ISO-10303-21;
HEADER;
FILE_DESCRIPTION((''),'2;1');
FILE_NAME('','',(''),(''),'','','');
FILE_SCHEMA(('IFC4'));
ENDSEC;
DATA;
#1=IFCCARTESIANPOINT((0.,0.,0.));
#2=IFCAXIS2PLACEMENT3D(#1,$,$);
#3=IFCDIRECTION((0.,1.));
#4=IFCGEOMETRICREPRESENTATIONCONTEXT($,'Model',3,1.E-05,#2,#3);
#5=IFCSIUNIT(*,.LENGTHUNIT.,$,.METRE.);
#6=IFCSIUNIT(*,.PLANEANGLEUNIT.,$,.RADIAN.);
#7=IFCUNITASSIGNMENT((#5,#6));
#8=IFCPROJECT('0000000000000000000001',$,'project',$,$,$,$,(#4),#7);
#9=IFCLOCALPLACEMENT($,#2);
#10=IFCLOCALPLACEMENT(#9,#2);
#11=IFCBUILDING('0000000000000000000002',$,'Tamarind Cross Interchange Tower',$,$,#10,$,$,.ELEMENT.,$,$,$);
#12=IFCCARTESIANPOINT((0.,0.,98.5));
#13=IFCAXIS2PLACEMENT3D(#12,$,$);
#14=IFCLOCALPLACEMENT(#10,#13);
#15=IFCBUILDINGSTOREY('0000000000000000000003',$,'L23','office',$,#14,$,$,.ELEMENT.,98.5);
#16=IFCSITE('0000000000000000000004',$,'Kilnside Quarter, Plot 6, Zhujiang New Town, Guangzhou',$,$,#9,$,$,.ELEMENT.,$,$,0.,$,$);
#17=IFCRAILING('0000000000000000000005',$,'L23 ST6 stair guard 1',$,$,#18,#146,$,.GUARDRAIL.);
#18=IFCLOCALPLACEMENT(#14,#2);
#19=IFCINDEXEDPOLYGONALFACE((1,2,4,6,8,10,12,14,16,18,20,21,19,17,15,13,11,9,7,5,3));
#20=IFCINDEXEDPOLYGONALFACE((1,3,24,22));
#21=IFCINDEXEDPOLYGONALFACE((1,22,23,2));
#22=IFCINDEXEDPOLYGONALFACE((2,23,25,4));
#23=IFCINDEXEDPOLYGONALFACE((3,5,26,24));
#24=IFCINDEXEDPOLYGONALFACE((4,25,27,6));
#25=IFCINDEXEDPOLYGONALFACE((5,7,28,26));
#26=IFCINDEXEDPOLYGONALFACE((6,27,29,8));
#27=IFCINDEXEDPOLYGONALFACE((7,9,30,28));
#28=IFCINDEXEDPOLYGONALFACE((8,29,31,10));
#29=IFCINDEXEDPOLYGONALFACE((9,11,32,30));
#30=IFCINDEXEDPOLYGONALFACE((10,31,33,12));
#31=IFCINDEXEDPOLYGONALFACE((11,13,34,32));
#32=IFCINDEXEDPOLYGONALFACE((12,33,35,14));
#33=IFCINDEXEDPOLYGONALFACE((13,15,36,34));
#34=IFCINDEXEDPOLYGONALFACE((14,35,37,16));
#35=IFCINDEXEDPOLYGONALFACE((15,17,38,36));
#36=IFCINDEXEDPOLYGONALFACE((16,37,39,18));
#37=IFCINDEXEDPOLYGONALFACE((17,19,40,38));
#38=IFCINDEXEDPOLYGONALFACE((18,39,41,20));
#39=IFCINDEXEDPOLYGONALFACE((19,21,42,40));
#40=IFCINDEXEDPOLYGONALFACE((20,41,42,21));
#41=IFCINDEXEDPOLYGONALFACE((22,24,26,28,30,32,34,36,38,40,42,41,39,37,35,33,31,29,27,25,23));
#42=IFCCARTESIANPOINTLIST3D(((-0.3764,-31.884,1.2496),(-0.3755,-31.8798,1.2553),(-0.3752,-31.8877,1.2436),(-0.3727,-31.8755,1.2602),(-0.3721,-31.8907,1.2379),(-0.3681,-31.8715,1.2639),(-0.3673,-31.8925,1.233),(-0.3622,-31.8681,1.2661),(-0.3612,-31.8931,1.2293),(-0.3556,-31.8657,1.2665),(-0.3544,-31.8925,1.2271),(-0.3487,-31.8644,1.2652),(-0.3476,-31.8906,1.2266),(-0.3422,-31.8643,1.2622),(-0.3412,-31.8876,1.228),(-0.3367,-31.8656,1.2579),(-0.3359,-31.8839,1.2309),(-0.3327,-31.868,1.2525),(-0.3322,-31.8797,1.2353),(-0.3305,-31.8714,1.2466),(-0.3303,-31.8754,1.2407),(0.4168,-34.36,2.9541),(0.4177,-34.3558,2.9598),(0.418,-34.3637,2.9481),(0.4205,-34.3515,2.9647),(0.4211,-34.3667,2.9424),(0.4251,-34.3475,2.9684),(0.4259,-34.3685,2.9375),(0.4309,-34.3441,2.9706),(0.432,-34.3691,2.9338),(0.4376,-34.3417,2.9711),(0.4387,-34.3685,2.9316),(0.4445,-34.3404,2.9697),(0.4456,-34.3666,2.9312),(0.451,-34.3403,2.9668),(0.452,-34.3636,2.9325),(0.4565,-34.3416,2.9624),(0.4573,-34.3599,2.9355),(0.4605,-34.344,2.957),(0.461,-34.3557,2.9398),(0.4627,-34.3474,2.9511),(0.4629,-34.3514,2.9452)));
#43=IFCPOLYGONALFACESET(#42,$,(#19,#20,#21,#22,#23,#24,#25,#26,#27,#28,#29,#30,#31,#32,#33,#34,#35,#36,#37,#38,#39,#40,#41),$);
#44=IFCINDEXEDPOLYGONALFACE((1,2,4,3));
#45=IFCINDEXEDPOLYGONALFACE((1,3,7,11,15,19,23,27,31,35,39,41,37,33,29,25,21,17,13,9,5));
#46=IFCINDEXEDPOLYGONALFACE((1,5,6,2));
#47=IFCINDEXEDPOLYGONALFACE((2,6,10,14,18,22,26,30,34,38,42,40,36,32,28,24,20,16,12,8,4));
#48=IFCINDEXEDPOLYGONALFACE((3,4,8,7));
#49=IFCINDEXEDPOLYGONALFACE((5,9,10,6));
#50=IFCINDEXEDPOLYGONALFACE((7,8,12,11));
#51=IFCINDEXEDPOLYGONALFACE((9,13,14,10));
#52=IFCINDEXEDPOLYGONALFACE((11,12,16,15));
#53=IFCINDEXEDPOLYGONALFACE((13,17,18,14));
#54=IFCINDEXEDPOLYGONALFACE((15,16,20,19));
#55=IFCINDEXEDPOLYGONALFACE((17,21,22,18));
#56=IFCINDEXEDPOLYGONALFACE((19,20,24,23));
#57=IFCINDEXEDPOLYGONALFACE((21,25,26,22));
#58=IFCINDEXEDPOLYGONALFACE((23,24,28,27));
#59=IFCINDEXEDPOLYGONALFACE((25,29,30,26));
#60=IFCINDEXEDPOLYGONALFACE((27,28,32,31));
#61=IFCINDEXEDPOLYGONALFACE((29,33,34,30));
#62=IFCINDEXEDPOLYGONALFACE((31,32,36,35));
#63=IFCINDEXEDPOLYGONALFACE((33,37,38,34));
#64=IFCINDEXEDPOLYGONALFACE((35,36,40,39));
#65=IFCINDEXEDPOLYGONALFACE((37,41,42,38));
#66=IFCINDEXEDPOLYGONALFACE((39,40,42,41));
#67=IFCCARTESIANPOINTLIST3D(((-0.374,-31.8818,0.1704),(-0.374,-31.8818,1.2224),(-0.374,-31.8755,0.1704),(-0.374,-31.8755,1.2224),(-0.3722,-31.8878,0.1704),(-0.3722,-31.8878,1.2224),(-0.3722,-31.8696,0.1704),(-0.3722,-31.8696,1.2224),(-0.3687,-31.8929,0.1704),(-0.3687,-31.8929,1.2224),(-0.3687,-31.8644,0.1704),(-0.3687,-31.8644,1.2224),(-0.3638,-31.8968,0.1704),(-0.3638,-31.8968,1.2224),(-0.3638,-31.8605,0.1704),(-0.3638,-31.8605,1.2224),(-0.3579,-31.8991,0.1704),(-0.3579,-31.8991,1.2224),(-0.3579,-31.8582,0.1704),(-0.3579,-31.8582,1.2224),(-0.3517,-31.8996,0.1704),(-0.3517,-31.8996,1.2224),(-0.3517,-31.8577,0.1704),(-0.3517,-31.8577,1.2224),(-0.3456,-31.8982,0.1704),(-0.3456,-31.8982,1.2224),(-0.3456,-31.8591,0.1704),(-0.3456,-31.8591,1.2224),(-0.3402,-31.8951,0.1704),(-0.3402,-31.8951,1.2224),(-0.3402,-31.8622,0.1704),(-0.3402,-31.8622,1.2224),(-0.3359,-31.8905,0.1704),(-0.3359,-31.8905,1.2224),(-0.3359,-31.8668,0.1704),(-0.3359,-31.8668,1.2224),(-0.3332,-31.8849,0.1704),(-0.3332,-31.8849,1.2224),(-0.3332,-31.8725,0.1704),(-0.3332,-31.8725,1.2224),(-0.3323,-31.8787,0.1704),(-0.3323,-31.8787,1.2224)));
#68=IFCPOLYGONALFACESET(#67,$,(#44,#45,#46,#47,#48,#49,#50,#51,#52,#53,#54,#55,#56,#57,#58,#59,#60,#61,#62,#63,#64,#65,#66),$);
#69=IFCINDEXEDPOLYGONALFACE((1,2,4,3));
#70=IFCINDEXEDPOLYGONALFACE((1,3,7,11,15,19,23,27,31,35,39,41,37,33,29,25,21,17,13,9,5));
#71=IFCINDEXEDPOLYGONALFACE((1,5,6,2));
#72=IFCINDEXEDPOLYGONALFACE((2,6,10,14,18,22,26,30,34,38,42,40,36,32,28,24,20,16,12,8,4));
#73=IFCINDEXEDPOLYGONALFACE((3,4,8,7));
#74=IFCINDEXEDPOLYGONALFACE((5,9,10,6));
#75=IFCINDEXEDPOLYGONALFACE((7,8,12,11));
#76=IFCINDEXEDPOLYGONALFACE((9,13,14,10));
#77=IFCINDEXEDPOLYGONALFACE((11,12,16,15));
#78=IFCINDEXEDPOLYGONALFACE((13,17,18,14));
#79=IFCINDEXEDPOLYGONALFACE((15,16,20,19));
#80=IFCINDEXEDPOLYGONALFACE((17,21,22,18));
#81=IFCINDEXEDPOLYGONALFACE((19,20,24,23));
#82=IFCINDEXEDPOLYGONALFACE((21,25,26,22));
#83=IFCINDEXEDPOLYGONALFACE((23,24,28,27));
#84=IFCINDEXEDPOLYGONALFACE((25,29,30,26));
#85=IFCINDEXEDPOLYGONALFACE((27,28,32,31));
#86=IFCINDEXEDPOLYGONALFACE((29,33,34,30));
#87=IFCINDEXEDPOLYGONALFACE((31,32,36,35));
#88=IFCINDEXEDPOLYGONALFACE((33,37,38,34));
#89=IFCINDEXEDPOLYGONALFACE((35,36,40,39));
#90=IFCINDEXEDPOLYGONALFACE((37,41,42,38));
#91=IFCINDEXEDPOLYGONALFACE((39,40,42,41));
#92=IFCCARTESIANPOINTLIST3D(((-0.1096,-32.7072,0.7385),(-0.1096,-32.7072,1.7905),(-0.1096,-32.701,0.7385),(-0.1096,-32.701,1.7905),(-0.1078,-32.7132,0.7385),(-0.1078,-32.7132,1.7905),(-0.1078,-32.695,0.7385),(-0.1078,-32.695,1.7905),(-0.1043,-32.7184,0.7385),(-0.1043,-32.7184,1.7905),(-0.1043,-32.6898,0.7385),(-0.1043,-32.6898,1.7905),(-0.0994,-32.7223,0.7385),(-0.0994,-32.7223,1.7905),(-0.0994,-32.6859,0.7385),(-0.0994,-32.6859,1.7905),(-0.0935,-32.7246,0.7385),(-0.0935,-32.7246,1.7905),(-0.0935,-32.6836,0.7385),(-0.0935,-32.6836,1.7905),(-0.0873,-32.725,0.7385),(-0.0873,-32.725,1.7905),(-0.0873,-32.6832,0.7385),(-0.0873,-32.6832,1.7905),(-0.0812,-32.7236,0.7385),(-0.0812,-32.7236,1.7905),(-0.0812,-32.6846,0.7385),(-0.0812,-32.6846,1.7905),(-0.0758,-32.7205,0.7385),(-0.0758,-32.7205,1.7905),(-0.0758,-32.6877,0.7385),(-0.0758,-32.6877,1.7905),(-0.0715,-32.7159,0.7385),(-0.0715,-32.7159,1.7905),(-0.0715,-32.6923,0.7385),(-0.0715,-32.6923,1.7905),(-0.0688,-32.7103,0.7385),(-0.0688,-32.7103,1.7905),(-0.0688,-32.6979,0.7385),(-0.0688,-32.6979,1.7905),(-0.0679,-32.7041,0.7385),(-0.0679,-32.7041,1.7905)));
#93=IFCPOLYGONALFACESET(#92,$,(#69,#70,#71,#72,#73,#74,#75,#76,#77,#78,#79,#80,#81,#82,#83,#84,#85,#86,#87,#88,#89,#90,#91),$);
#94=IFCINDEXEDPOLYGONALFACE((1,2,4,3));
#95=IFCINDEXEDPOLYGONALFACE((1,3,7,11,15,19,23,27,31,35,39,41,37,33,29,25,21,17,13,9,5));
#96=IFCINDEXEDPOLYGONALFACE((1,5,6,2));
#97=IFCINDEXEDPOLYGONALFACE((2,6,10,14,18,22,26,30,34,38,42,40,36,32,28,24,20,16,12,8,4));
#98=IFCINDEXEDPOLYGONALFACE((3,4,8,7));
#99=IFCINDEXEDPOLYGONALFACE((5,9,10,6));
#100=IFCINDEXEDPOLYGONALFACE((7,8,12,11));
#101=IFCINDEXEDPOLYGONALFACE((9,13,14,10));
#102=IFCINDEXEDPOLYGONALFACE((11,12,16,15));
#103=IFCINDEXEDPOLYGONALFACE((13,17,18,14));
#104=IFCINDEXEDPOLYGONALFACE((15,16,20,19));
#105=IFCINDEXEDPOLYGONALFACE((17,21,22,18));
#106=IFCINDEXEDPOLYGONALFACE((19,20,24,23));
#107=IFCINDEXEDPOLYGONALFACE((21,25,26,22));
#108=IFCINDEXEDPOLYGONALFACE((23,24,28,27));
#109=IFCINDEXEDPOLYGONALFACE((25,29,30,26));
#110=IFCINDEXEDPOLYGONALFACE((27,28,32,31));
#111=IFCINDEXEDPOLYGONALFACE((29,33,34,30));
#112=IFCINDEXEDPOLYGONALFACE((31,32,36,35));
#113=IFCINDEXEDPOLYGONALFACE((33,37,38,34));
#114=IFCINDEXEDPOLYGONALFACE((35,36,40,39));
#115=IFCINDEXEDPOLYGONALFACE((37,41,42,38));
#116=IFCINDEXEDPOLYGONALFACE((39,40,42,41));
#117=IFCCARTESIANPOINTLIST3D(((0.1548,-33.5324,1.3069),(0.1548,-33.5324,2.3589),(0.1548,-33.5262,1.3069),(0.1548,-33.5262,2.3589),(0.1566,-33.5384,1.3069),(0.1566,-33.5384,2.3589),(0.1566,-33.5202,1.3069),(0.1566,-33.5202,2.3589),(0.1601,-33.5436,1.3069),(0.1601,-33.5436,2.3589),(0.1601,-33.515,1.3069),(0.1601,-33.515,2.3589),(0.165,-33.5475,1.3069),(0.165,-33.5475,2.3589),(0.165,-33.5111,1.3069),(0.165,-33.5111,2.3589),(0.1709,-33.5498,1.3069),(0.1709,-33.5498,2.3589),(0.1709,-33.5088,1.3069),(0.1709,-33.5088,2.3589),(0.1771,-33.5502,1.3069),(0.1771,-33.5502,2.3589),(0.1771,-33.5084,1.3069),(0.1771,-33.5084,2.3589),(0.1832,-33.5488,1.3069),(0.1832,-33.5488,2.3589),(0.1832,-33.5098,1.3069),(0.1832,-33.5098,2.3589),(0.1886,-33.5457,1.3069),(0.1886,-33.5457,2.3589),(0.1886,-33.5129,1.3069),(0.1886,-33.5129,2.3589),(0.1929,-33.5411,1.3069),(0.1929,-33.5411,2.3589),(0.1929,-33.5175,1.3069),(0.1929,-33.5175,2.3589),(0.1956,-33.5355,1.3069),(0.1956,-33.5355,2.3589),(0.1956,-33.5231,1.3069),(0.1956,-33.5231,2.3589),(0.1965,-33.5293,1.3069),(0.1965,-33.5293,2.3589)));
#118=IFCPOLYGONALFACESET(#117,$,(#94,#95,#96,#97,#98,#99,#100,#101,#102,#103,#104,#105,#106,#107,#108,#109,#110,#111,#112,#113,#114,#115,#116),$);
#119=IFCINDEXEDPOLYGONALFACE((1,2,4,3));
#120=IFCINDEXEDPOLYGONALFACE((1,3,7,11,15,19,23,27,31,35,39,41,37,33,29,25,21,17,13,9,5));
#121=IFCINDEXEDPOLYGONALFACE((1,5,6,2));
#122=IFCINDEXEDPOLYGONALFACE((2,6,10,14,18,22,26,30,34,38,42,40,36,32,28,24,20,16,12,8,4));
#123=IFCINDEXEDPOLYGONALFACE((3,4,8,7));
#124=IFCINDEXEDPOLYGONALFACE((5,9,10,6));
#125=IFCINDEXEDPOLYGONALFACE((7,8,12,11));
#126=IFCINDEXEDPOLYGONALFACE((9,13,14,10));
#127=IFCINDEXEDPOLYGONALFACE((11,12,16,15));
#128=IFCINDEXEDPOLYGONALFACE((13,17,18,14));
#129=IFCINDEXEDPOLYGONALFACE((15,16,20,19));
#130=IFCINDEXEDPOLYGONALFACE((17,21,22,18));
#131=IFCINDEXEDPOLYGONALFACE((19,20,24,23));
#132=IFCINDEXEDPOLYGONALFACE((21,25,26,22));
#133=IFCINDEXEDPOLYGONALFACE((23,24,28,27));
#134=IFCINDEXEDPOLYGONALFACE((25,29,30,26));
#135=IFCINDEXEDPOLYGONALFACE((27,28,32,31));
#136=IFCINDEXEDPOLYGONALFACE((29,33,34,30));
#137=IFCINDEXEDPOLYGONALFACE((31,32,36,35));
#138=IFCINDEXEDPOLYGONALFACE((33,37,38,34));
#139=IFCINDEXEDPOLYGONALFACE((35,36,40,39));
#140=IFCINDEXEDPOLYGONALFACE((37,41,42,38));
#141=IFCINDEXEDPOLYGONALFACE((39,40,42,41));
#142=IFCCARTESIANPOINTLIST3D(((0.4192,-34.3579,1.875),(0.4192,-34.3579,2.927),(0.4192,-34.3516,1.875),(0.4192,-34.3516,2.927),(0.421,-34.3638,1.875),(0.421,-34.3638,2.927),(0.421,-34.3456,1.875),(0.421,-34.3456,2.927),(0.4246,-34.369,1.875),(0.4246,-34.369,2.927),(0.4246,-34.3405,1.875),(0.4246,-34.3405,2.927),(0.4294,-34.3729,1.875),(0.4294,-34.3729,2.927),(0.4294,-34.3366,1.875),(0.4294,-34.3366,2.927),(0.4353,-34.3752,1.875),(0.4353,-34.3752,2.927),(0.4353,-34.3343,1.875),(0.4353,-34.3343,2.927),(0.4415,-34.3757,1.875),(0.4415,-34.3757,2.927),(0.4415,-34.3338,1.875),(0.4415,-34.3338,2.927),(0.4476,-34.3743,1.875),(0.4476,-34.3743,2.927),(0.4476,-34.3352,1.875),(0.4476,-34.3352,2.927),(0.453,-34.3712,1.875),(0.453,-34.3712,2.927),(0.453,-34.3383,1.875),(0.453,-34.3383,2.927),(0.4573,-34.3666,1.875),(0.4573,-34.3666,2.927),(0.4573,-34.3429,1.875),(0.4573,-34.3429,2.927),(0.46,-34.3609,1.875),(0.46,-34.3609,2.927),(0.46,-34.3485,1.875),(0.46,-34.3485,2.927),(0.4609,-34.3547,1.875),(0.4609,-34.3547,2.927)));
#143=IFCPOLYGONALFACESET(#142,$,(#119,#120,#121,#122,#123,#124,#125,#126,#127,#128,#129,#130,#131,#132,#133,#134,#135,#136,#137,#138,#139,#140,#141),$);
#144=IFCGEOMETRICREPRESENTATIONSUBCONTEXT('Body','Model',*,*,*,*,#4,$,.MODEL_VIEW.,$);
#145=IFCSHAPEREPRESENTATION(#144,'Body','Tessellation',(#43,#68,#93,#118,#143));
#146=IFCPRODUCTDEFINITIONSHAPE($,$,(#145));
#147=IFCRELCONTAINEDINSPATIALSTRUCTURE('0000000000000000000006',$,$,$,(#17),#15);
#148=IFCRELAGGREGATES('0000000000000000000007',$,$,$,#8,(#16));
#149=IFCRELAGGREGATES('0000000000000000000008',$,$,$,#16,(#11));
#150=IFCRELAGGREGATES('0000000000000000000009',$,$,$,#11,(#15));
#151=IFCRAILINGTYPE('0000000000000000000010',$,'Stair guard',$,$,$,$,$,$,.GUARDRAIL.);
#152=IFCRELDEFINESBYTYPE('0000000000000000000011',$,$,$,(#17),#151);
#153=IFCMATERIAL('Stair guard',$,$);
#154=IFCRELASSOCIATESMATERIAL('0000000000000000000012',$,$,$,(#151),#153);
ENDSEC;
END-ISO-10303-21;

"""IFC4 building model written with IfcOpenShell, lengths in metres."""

from ifc_helpers import new_model, si_unit, direction, frame, origin, origin_2d, place, context, subcontext, project, spatial, circle, extrude, material, type_object, element, save


model = new_model("IFC4")

# Units and contexts
model_context = context("Model", 3, precision=1e-05, world=origin(), true_north=direction((0.0, 1.0)))
body_context = subcontext(model_context, "Body", "Model", "MODEL_VIEW")
ifc_project = project(units=[si_unit("LENGTHUNIT", "METRE"), si_unit("PLANEANGLEUNIT", "RADIAN")], contexts=[model_context])

# Site, building, storey
site_placement = place(None, origin())
site = spatial("IfcSite", under=ifc_project, at=site_placement, Name="Kilnside Quarter, Plot 6, Zhujiang New Town, Guangzhou", CompositionType="ELEMENT", RefElevation=0.0)
building_placement = place(site_placement, origin())
building = spatial("IfcBuilding", under=site, at=building_placement, Name="Tamarind Cross Interchange Tower", CompositionType="ELEMENT")
storey_placement = place(building_placement, frame((0.0, 0.0, 98.5)))
storey = spatial("IfcBuildingStorey", under=building, at=storey_placement, Name="L23", Description="office", CompositionType="ELEMENT", Elevation=98.5)

# Railing
ifc_material_1 = material(Name="Stair guard")
railing_type_1 = type_object("IfcRailingType", Name="Stair guard", PredefinedType="GUARDRAIL", material=ifc_material_1)
railing_1_placement = place(storey_placement, frame((-0.3533, -31.8787, 0.1704)))
element("IfcRailing", 1, at=railing_1_placement, inside=storey, type_object=railing_type_1, Name="L23 ST6 stair guard 1", PredefinedType="GUARDRAIL", context=body_context, shape_type="SweptSolid", body=[
    extrude(circle(Radius=0.0239, at=origin_2d()), frame((0.0, 0.0, 1.0762), z_axis=(0.255136, -0.796427, 0.548279), x_axis=(0.952327, 0.305079, 0.0)), (0.0, 0.0, 1.0), 3.1089),
    extrude(circle(Radius=0.021, at=origin_2d()), origin(), (0.0, 0.0, 1.0), 1.052),
    extrude(circle(Radius=0.021, at=origin_2d()), frame((0.2644, -0.8254, 0.5681)), (0.0, 0.0, 1.0), 1.052),
    extrude(circle(Radius=0.021, at=origin_2d()), frame((0.5288, -1.6506, 1.1365)), (0.0, 0.0, 1.0), 1.052),
    extrude(circle(Radius=0.021, at=origin_2d()), frame((0.7932, -2.4761, 1.7046)), (0.0, 0.0, 1.0), 1.052),
])

save(model, "model.ifc")
